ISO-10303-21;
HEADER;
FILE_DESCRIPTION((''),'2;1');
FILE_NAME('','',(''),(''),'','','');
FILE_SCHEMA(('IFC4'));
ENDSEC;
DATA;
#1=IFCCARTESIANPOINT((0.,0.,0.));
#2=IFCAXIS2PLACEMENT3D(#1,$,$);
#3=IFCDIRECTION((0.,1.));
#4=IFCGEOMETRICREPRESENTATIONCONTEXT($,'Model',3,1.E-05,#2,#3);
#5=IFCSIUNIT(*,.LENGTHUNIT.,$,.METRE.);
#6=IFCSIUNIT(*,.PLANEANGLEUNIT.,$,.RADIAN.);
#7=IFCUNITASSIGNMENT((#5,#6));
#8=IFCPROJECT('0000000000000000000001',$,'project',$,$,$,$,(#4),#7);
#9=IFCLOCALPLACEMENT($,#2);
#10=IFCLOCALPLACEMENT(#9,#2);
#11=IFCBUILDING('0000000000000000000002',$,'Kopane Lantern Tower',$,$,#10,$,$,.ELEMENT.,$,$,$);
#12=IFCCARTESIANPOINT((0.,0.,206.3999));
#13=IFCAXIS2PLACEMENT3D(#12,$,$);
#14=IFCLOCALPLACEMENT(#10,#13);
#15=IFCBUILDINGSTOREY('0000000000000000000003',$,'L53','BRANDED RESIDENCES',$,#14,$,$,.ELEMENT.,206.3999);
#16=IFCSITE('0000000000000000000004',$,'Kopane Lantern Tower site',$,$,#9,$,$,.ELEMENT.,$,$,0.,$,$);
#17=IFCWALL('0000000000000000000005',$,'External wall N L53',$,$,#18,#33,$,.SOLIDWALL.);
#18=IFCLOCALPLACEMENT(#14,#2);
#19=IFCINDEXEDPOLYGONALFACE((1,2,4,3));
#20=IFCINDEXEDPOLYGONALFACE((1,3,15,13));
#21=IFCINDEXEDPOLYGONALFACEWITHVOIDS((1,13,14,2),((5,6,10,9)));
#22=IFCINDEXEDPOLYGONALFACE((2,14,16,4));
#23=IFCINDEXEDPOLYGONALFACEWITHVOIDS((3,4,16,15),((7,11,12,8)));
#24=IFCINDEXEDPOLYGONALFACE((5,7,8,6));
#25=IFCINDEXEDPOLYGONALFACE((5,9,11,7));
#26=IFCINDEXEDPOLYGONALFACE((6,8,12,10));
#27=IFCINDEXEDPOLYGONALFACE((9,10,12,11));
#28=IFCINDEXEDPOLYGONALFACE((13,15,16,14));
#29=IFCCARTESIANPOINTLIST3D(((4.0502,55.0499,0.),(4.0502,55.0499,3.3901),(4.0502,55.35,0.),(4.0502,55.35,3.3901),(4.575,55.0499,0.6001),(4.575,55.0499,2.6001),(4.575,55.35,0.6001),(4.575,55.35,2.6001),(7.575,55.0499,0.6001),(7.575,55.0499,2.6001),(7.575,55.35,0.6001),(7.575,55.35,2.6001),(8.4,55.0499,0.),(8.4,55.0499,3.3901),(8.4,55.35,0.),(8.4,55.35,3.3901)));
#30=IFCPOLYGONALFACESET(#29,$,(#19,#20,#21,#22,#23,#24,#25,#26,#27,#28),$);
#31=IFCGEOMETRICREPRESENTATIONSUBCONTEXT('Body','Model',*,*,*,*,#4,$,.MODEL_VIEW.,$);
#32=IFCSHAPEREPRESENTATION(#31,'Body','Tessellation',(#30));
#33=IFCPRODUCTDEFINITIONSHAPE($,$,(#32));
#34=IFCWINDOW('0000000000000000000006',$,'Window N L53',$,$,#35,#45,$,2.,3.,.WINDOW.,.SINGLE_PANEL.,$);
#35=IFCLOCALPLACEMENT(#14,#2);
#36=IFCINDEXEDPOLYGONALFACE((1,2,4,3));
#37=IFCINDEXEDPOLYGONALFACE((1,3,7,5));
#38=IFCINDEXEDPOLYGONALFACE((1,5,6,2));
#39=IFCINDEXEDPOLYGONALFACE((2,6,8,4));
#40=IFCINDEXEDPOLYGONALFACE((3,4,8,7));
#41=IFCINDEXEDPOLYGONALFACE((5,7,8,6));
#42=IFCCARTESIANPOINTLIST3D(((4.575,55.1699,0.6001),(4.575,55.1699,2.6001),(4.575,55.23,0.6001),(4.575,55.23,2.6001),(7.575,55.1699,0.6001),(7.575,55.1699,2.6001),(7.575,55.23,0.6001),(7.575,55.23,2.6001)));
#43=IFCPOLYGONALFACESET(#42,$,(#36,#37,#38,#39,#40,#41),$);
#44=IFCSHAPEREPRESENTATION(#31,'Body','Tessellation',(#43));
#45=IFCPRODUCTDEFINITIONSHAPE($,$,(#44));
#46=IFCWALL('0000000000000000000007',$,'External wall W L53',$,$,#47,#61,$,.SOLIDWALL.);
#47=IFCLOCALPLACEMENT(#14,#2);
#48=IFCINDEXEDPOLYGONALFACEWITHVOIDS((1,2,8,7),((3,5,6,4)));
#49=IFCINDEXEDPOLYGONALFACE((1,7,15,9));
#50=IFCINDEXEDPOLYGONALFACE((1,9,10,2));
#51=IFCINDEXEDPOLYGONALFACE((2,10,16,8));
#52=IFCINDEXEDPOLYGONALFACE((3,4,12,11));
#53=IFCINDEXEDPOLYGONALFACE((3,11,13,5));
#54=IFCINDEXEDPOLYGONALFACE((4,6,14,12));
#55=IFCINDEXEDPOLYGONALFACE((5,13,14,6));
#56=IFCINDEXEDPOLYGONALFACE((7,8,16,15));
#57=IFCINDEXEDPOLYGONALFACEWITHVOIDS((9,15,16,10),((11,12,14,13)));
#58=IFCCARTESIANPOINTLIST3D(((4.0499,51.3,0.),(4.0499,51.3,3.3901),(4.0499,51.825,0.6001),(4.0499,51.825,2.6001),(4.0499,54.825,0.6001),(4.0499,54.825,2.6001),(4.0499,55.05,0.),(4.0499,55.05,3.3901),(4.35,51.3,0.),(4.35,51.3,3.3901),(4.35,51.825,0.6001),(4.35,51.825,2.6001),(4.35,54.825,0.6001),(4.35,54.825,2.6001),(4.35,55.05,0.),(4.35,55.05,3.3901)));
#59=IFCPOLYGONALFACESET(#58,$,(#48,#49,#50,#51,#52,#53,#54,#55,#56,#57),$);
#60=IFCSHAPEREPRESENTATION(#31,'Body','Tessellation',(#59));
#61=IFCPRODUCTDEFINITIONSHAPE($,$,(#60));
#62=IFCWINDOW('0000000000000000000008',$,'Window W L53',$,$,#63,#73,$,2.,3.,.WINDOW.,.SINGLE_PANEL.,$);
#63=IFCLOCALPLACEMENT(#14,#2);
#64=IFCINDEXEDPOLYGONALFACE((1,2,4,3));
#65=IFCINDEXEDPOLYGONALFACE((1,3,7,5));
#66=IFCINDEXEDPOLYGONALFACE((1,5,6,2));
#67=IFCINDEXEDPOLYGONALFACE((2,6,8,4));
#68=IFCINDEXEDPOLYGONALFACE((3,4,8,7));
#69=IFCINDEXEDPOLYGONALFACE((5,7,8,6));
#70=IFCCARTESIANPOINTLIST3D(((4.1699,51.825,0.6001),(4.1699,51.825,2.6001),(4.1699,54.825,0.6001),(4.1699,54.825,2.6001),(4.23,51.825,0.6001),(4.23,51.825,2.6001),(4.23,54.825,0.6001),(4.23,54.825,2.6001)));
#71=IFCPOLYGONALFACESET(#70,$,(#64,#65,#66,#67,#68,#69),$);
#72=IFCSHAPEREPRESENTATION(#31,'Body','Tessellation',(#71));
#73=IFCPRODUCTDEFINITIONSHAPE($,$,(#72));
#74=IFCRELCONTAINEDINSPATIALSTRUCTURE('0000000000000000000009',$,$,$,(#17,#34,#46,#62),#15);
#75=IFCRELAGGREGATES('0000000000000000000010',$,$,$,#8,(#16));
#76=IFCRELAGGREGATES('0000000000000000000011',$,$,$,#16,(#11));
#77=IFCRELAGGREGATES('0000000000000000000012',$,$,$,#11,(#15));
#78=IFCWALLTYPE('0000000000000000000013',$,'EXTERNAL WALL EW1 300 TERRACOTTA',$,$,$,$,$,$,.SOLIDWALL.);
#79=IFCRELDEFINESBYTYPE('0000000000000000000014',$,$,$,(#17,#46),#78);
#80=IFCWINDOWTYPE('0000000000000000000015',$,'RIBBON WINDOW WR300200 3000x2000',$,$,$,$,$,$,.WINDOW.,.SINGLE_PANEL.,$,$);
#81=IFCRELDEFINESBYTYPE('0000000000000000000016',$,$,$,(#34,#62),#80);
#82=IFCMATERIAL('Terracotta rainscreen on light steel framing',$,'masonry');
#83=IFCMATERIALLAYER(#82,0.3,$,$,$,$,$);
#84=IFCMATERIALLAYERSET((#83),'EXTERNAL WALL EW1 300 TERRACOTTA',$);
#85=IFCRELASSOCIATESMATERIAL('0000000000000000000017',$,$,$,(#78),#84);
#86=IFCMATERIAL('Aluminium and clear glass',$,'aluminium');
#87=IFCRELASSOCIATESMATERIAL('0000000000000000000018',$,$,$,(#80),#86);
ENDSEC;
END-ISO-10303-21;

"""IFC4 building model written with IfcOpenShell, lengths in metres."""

from ifc_helpers import new_model, si_unit, direction, frame, frame_2d, origin, place, context, subcontext, project, spatial, rectangle, extrude, material, layer, layer_set, type_object, element, fill, save


model = new_model("IFC4")

# Units and contexts
model_context = context("Model", 3, precision=1e-05, world=origin(), true_north=direction((0.0, 1.0)))
body_context = subcontext(model_context, "Body", "Model", "MODEL_VIEW")
ifc_project = project(units=[si_unit("LENGTHUNIT", "METRE"), si_unit("PLANEANGLEUNIT", "RADIAN")], contexts=[model_context])

# Site, building, storey
site_placement = place(None, origin())
site = spatial("IfcSite", under=ifc_project, at=site_placement, Name="Kopane Lantern Tower site", CompositionType="ELEMENT", RefElevation=0.0)
building_placement = place(site_placement, origin())
building = spatial("IfcBuilding", under=site, at=building_placement, Name="Kopane Lantern Tower", CompositionType="ELEMENT")
storey_placement = place(building_placement, frame((0.0, 0.0, 206.3999)))
storey = spatial("IfcBuildingStorey", under=building, at=storey_placement, Name="L53", Description="BRANDED RESIDENCES", CompositionType="ELEMENT", Elevation=206.3999)

# Walls, openings, windows
ifc_material_1 = material(Name="Terracotta rainscreen on light steel framing", Category="masonry")
ifc_layer_1 = layer(ifc_material_1, 0.3)
ifc_layer_set_1 = layer_set([ifc_layer_1], Name="EXTERNAL WALL EW1 300 TERRACOTTA")
wall_type_1 = type_object("IfcWallType", Name="EXTERNAL WALL EW1 300 TERRACOTTA", PredefinedType="SOLIDWALL", material=ifc_layer_set_1)
ifc_material_2 = material(Name="Aluminium and clear glass", Category="aluminium")
window_type = type_object("IfcWindowType", Name="RIBBON WINDOW WR300200 3000x2000", PartitioningType="SINGLE_PANEL", PredefinedType="WINDOW", material=ifc_material_2)
wall_1_placement = place(storey_placement, frame((8.3999, 55.2, 0.0), z_axis=(0.0, 0.0, 1.0), x_axis=(-1.0, 0.0, 0.0)))
wall_1 = element("IfcWall", 1, at=wall_1_placement, inside=storey, type_object=wall_type_1, Name="External wall N L53", PredefinedType="SOLIDWALL", context=body_context, shape_type="SweptSolid", body=[
    extrude(rectangle(XDim=4.3499, YDim=0.3, at=frame_2d((2.1748, 0.0))), origin(), (0.0, 0.0, 1.0), 3.3901),
])
opening_1_placement = place(wall_1_placement, frame((0.825, 0.0, 0.6001)))
opening_1 = element("IfcOpeningElement", 2, at=opening_1_placement, cuts=wall_1, PredefinedType="OPENING", context=body_context, shape_type="SweptSolid", body=[
    extrude(rectangle(XDim=3.0, YDim=2.0, at=frame_2d((1.5, 1.0))), frame((0.0, 0.1599, 0.0), z_axis=(0.0, -1.0, 0.0), x_axis=(1.0, 0.0, 0.0)), (0.0, 0.0, 1.0), 0.3201),
])
window_1_placement = place(opening_1_placement, origin())
window_1 = element("IfcWindow", 3, at=window_1_placement, inside=storey, type_object=window_type, Name="Window N L53", OverallHeight=2.0, OverallWidth=3.0, PartitioningType="SINGLE_PANEL", PredefinedType="WINDOW", context=body_context, shape_type="SweptSolid", body=[
    extrude(rectangle(XDim=3.0, YDim=2.0, at=frame_2d((1.5, 1.0))), frame((0.0, 0.03, 0.0), z_axis=(0.0, -1.0, 0.0), x_axis=(1.0, 0.0, 0.0)), (0.0, 0.0, 1.0), 0.0601),
])
fill(opening_1, window_1)
wall_2_placement = place(storey_placement, frame((4.2, 55.05, 0.0), z_axis=(0.0, 0.0, 1.0), x_axis=(0.0, -1.0, 0.0)))
wall_2 = element("IfcWall", 4, at=wall_2_placement, inside=storey, type_object=wall_type_1, Name="External wall W L53", PredefinedType="SOLIDWALL", context=body_context, shape_type="SweptSolid", body=[
    extrude(rectangle(XDim=3.75, YDim=0.3, at=frame_2d((1.875, 0.0))), origin(), (0.0, 0.0, 1.0), 3.3901),
])
opening_2_placement = place(wall_2_placement, frame((0.2251, 0.0, 0.6001)))
opening_2 = element("IfcOpeningElement", 5, at=opening_2_placement, cuts=wall_2, PredefinedType="OPENING", context=body_context, shape_type="SweptSolid", body=[
    extrude(rectangle(XDim=3.0, YDim=2.0, at=frame_2d((1.5, 1.0))), frame((0.0, 0.1599, 0.0), z_axis=(0.0, -1.0, 0.0), x_axis=(1.0, 0.0, 0.0)), (0.0, 0.0, 1.0), 0.3201),
])
window_2_placement = place(opening_2_placement, origin())
window_2 = element("IfcWindow", 6, at=window_2_placement, inside=storey, type_object=window_type, Name="Window W L53", OverallHeight=2.0, OverallWidth=3.0, PartitioningType="SINGLE_PANEL", PredefinedType="WINDOW", context=body_context, shape_type="SweptSolid", body=[
    extrude(rectangle(XDim=3.0, YDim=2.0, at=frame_2d((1.5, 1.0))), frame((0.0, 0.03, 0.0), z_axis=(0.0, -1.0, 0.0), x_axis=(1.0, 0.0, 0.0)), (0.0, 0.0, 1.0), 0.0601),
])
fill(opening_2, window_2)

save(model, "model.ifc")
